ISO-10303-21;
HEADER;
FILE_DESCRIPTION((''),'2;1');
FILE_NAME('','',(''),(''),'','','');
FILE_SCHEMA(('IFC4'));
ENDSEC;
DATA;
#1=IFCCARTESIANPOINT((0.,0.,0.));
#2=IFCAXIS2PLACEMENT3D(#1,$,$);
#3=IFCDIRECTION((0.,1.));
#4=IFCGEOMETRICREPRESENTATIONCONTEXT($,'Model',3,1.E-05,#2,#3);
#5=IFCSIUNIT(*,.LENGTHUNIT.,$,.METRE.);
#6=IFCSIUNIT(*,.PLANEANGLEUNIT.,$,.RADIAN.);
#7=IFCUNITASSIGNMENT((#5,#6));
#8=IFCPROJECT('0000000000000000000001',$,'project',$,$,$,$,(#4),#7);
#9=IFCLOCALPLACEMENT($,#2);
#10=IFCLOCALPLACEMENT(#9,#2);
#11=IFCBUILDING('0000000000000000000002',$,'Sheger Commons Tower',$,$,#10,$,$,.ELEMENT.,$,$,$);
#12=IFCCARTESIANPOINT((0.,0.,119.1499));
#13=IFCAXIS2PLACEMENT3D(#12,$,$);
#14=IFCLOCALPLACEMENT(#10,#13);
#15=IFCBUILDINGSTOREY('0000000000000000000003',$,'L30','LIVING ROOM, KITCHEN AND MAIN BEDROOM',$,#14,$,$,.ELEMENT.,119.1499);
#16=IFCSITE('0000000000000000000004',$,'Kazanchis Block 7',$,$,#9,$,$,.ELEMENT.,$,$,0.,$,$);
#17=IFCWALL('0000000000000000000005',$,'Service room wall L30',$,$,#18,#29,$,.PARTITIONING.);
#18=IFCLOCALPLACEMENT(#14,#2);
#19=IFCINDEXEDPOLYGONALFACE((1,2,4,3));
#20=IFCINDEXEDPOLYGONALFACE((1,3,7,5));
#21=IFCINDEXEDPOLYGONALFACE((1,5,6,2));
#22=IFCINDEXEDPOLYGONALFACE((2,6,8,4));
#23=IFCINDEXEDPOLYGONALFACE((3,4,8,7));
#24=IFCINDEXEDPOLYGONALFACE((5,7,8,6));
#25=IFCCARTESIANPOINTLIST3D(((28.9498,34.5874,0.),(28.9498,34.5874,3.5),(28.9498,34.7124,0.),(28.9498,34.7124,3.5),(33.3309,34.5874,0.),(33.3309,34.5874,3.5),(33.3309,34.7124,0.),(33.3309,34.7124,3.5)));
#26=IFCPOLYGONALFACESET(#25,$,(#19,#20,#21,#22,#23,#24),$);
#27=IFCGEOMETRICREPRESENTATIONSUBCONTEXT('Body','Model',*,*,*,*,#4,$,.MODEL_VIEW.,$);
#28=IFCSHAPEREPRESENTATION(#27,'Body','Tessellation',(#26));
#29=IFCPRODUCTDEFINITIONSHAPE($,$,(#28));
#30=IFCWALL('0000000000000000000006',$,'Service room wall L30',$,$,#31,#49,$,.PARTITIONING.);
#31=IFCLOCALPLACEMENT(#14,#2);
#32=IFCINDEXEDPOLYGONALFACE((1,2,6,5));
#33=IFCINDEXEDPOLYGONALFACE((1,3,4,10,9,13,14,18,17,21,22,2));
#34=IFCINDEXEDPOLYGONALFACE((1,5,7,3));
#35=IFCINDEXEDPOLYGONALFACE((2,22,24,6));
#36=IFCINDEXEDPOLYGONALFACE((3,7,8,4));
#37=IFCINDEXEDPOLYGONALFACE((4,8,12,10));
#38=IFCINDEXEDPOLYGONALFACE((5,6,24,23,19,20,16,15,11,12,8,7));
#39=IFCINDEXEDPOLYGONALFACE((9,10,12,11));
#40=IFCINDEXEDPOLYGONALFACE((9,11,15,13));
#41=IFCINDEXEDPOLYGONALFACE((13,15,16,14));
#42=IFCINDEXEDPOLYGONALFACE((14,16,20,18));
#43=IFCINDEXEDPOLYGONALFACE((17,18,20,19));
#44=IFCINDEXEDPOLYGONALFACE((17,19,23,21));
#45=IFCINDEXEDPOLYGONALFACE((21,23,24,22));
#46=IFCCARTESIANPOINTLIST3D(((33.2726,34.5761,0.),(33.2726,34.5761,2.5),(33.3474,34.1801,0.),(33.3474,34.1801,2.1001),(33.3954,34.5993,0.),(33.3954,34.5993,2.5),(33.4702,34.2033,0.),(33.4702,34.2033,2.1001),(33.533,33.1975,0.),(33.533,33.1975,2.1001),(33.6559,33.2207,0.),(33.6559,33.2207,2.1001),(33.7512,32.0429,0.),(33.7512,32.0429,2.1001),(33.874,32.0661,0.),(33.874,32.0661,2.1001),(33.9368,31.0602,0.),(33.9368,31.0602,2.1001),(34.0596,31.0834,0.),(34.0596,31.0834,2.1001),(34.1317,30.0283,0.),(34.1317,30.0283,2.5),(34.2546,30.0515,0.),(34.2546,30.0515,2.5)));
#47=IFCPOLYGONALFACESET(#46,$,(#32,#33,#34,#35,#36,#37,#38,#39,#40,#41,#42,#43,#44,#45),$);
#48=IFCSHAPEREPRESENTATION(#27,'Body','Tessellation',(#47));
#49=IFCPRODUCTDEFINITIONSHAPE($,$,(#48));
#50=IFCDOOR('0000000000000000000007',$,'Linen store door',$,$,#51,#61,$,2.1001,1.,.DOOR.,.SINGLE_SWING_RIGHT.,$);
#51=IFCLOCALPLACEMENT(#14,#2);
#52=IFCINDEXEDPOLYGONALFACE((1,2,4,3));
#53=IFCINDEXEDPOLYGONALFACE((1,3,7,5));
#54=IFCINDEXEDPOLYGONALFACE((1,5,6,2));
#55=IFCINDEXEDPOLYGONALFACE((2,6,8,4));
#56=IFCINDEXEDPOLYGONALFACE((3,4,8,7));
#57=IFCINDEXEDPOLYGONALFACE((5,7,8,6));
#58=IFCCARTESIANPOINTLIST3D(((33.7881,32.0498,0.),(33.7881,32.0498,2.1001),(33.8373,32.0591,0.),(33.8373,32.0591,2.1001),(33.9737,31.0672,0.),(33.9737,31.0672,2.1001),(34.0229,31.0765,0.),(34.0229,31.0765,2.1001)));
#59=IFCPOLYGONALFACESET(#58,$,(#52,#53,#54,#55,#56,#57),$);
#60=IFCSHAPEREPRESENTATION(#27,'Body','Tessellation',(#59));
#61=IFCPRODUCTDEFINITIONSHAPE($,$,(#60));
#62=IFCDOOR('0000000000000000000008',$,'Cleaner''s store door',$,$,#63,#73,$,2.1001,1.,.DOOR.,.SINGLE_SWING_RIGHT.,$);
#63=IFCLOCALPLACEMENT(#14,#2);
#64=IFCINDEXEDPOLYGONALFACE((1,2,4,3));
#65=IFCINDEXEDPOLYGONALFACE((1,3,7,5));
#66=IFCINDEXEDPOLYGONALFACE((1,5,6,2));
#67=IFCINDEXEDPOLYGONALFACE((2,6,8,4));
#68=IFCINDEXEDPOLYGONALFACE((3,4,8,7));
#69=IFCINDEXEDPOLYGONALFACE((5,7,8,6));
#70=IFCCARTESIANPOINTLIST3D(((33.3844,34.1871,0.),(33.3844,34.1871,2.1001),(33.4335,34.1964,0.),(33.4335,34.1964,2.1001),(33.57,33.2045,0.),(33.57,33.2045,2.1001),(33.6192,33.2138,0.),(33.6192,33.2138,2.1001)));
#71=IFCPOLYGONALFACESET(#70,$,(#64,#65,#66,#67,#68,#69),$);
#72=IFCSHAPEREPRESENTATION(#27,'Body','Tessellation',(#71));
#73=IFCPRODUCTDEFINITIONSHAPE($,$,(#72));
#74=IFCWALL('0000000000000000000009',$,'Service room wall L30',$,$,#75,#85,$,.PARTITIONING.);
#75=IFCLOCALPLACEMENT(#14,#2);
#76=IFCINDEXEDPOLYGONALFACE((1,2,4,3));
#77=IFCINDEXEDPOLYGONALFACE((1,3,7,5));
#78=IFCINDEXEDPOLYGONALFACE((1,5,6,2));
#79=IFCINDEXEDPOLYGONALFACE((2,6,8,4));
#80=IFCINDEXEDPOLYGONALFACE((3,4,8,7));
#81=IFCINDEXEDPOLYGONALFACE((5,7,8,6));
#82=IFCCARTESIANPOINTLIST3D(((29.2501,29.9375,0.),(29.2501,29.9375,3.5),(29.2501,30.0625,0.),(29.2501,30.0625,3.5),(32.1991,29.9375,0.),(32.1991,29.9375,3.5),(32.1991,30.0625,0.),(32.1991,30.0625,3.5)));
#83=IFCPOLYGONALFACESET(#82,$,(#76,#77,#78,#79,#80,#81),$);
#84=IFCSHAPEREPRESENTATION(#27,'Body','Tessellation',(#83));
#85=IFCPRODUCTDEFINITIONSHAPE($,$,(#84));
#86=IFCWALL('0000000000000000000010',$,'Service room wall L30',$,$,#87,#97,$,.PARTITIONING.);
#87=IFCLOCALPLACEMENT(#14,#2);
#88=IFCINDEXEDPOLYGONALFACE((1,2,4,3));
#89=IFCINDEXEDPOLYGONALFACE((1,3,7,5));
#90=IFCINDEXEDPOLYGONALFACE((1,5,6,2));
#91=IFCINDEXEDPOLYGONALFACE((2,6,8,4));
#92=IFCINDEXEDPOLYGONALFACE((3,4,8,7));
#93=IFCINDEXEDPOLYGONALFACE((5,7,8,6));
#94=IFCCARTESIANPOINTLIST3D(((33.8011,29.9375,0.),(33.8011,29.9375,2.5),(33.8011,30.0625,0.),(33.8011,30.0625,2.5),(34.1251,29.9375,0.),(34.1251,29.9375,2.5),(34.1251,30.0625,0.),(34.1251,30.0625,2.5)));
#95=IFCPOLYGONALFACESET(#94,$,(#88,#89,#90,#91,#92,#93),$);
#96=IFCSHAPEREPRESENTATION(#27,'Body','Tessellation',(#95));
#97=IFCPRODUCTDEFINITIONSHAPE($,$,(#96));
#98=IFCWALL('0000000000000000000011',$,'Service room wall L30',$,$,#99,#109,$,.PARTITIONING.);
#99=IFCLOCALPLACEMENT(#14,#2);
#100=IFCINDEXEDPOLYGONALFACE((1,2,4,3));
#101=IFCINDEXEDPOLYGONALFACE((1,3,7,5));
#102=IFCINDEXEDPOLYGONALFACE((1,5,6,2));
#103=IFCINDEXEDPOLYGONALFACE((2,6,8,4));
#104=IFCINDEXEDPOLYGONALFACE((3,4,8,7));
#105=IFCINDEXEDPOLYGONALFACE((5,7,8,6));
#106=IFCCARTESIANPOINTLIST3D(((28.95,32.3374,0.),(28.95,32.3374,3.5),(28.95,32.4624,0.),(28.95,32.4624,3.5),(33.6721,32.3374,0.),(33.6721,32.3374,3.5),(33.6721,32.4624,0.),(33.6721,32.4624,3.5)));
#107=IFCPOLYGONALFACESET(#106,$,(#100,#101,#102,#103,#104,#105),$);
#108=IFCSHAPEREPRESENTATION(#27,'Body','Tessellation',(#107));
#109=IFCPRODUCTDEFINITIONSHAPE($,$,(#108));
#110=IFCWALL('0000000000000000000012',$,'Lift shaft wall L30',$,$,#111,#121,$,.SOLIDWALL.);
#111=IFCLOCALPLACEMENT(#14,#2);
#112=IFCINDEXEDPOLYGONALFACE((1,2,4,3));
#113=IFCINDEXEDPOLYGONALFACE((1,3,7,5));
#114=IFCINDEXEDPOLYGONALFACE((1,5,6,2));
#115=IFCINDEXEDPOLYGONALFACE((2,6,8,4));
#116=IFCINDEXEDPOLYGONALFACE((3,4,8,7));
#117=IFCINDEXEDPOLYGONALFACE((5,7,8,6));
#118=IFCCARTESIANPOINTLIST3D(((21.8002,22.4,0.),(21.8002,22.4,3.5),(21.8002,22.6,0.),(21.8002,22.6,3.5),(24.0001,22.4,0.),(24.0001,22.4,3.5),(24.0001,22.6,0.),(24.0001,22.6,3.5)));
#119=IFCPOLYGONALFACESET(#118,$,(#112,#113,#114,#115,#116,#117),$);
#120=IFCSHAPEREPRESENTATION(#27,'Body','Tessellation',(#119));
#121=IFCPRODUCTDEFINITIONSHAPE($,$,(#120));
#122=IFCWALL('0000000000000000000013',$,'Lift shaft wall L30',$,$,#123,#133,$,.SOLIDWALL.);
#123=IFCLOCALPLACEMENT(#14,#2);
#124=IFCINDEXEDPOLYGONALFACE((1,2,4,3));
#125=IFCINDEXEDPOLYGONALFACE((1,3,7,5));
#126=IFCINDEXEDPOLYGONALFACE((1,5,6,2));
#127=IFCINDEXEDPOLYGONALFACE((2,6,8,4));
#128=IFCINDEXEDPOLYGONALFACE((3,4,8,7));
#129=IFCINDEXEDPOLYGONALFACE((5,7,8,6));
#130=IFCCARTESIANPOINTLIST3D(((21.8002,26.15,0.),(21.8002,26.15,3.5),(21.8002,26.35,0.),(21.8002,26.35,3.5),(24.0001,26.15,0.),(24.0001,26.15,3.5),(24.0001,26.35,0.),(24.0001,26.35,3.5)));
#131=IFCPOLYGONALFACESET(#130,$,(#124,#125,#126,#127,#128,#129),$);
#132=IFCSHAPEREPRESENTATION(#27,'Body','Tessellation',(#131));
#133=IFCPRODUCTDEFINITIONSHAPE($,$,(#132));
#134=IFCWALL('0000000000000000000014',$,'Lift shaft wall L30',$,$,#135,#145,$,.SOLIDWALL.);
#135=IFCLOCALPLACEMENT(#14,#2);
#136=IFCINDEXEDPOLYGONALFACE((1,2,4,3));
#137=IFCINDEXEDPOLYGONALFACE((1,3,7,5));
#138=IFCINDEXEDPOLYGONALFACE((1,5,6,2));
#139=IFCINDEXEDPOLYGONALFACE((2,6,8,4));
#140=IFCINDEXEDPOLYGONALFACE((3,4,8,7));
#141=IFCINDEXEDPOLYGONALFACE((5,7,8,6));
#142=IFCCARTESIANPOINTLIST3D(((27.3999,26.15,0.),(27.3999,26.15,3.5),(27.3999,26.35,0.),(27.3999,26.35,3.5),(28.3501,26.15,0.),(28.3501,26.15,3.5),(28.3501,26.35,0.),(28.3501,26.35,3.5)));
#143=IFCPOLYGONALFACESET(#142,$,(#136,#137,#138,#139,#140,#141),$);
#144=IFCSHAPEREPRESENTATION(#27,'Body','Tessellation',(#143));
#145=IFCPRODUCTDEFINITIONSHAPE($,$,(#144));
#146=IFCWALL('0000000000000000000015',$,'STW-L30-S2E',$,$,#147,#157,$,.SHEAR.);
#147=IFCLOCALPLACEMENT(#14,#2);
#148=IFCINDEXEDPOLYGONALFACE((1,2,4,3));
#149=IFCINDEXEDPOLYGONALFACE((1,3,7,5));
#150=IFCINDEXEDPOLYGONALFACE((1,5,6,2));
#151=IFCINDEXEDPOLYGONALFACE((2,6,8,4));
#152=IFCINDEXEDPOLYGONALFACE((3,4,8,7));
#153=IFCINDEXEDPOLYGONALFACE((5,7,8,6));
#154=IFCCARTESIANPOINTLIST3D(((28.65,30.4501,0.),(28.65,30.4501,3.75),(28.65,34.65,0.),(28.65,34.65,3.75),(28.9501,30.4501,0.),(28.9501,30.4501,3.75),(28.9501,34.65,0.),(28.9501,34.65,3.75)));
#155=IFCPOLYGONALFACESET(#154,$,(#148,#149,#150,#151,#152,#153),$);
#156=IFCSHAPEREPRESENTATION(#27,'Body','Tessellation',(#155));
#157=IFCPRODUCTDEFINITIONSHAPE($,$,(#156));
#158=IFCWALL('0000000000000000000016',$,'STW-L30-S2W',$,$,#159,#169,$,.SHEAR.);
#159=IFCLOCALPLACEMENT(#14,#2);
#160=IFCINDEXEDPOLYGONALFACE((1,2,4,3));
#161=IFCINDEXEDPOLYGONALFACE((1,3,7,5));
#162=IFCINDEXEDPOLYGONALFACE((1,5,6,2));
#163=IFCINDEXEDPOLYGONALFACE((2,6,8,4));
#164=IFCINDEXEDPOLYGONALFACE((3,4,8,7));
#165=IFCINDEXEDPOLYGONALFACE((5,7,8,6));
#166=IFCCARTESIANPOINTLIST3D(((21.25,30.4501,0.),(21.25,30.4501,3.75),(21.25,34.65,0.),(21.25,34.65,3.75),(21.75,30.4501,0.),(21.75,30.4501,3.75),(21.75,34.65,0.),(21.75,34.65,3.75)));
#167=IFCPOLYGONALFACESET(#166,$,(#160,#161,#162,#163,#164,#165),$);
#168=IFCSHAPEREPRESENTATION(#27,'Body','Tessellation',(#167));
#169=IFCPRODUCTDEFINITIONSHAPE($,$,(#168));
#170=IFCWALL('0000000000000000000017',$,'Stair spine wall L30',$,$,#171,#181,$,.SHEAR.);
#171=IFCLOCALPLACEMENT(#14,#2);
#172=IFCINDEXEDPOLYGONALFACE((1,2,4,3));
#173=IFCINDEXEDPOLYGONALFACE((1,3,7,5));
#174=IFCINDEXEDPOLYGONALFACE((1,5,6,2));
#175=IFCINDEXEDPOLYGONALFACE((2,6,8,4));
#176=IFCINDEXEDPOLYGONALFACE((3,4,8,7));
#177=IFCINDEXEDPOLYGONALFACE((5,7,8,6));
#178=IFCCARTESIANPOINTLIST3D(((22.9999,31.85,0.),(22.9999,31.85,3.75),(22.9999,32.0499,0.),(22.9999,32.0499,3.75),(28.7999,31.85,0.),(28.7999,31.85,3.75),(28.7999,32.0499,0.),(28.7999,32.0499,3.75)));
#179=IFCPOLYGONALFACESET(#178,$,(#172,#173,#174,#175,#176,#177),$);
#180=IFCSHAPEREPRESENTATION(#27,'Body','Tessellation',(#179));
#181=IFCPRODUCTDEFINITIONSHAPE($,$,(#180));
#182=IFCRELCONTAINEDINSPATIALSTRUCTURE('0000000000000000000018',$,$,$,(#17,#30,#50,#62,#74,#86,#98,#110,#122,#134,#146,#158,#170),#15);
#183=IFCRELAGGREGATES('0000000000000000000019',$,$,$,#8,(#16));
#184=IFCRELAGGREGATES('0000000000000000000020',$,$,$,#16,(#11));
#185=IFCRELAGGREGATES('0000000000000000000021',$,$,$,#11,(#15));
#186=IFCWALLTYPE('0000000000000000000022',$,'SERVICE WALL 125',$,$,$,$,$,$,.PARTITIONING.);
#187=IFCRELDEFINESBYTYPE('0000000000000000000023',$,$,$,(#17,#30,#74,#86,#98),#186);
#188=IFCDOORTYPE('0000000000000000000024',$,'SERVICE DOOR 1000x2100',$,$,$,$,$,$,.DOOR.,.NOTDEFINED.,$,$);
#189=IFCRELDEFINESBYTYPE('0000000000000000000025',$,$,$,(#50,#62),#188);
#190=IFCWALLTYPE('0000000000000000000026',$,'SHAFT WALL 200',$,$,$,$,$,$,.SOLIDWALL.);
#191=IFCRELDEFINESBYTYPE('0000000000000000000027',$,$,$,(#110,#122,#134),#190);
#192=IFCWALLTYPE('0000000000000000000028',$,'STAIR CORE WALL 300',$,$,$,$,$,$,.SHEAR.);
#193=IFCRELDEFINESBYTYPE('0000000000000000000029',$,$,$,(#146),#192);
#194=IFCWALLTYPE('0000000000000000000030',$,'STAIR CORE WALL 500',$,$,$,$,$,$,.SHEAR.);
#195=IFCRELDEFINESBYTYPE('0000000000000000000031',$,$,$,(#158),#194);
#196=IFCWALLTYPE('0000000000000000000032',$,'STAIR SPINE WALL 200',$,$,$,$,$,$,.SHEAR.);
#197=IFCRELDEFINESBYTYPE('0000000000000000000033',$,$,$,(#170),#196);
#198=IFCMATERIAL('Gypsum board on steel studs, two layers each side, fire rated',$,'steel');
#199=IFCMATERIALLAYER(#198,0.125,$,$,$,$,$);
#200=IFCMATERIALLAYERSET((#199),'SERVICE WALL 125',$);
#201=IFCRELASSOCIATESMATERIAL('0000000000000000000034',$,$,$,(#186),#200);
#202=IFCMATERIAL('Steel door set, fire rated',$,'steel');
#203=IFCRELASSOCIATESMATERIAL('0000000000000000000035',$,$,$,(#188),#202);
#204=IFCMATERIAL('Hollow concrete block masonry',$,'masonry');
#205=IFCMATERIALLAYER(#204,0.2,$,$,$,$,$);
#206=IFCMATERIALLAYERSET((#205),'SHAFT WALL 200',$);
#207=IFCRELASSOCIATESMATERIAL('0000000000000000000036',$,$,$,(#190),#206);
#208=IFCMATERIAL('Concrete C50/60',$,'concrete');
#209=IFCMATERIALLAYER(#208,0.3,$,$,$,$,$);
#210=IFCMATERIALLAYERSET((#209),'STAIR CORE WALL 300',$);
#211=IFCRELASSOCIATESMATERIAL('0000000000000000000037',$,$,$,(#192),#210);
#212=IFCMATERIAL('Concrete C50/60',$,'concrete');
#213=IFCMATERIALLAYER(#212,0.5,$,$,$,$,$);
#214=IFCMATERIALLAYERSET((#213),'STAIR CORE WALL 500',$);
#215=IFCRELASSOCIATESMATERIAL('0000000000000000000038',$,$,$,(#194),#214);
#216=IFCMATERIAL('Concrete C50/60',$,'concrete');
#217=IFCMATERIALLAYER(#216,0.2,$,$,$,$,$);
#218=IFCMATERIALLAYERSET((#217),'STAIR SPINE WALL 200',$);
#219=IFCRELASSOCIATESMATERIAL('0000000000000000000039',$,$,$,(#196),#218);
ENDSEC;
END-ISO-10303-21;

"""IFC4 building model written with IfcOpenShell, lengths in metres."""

from ifc_helpers import new_model, si_unit, direction, frame, frame_2d, origin, place, context, subcontext, project, spatial, rectangle, extrude, material, layer, layer_set, type_object, element, fill, save


model = new_model("IFC4")

# Units and contexts
model_context = context("Model", 3, precision=1e-05, world=origin(), true_north=direction((0.0, 1.0)))
body_context = subcontext(model_context, "Body", "Model", "MODEL_VIEW")
ifc_project = project(units=[si_unit("LENGTHUNIT", "METRE"), si_unit("PLANEANGLEUNIT", "RADIAN")], contexts=[model_context])

# Site, building, storey
site_placement = place(None, origin())
site = spatial("IfcSite", under=ifc_project, at=site_placement, Name="Kazanchis Block 7", CompositionType="ELEMENT", RefElevation=0.0)
building_placement = place(site_placement, origin())
building = spatial("IfcBuilding", under=site, at=building_placement, Name="Sheger Commons Tower", CompositionType="ELEMENT")
storey_placement = place(building_placement, frame((0.0, 0.0, 119.1499)))
storey = spatial("IfcBuildingStorey", under=building, at=storey_placement, Name="L30", Description="LIVING ROOM, KITCHEN AND MAIN BEDROOM", CompositionType="ELEMENT", Elevation=119.1499)

# Wall
ifc_material_1 = material(Name="Gypsum board on steel studs, two layers each side, fire rated", Category="steel")
ifc_layer_1 = layer(ifc_material_1, 0.125)
ifc_layer_set_1 = layer_set([ifc_layer_1], Name="SERVICE WALL 125")
wall_type_1 = type_object("IfcWallType", Name="SERVICE WALL 125", PredefinedType="PARTITIONING", material=ifc_layer_set_1)
wall_1_placement = place(storey_placement, frame((28.95, 34.6499, 0.0), z_axis=(0.0, 0.0, 1.0), x_axis=(1.0, 0.0, 0.0)))
element("IfcWall", 1, at=wall_1_placement, inside=storey, type_object=wall_type_1, Name="Service room wall L30", PredefinedType="PARTITIONING", context=body_context, shape_type="SweptSolid", body=[
    extrude(rectangle(XDim=4.3811, YDim=0.125, at=frame_2d((2.1904, 0.0))), origin(), (0.0, 0.0, 1.0), 3.5),
])

# Wall, openings, doors
wall_2_placement = place(storey_placement, frame((34.1931, 30.04, 0.0), z_axis=(0.0, 0.0, 1.0), x_axis=(-0.185626, 0.98262, 0.0)))
wall_2 = element("IfcWall", 2, at=wall_2_placement, inside=storey, type_object=wall_type_1, Name="Service room wall L30", PredefinedType="PARTITIONING", context=body_context, shape_type="SweptSolid", body=[
    extrude(rectangle(XDim=4.6282, YDim=0.125, at=frame_2d((2.314, 0.0))), origin(), (0.0, 0.0, 1.0), 2.5),
])
opening_1_placement = place(wall_2_placement, frame((1.05, 0.0, 0.0)))
opening_1 = element("IfcOpeningElement", 3, at=opening_1_placement, cuts=wall_2, PredefinedType="OPENING", context=body_context, shape_type="SweptSolid", body=[
    extrude(rectangle(XDim=1.0, YDim=2.1001, at=frame_2d((0.5, 1.05))), frame((0.0, 0.0725, 0.0), z_axis=(0.0, -1.0, 0.0), x_axis=(1.0, 0.0, 0.0)), (0.0, 0.0, 1.0), 0.145),
])
opening_2_placement = place(wall_2_placement, frame((3.2251, 0.0, 0.0)))
opening_2 = element("IfcOpeningElement", 4, at=opening_2_placement, cuts=wall_2, PredefinedType="OPENING", context=body_context, shape_type="SweptSolid", body=[
    extrude(rectangle(XDim=1.0, YDim=2.1001, at=frame_2d((0.5, 1.05))), frame((0.0, 0.0725, 0.0), z_axis=(0.0, -1.0, 0.0), x_axis=(1.0, 0.0, 0.0)), (0.0, 0.0, 1.0), 0.145),
])
ifc_material_2 = material(Name="Steel door set, fire rated", Category="steel")
door_type_1 = type_object("IfcDoorType", Name="SERVICE DOOR 1000x2100", OperationType="NOTDEFINED", PredefinedType="DOOR", material=ifc_material_2)
door_1_placement = place(opening_1_placement, origin())
door_1 = element("IfcDoor", 5, at=door_1_placement, inside=storey, type_object=door_type_1, Name="Linen store door", OperationType="SINGLE_SWING_RIGHT", OverallHeight=2.1001, OverallWidth=1.0, PredefinedType="DOOR", context=body_context, shape_type="SweptSolid", body=[
    extrude(rectangle(XDim=1.0, YDim=2.1001, at=frame_2d((0.5, 1.05))), frame((0.0, 0.0249, 0.0), z_axis=(0.0, -1.0, 0.0), x_axis=(1.0, 0.0, 0.0)), (0.0, 0.0, 1.0), 0.05),
])
fill(opening_1, door_1)
door_2_placement = place(opening_2_placement, origin())
door_2 = element("IfcDoor", 6, at=door_2_placement, inside=storey, type_object=door_type_1, Name="Cleaner's store door", OperationType="SINGLE_SWING_RIGHT", OverallHeight=2.1001, OverallWidth=1.0, PredefinedType="DOOR", context=body_context, shape_type="SweptSolid", body=[
    extrude(rectangle(XDim=1.0, YDim=2.1001, at=frame_2d((0.5, 1.05))), frame((0.0, 0.0249, 0.0), z_axis=(0.0, -1.0, 0.0), x_axis=(1.0, 0.0, 0.0)), (0.0, 0.0, 1.0), 0.05),
])
fill(opening_2, door_2)

# Walls
wall_3_placement = place(storey_placement, frame((29.25, 30.0, 0.0), z_axis=(0.0, 0.0, 1.0), x_axis=(1.0, 0.0, 0.0)))
element("IfcWall", 7, at=wall_3_placement, inside=storey, type_object=wall_type_1, Name="Service room wall L30", PredefinedType="PARTITIONING", context=body_context, shape_type="SweptSolid", body=[
    extrude(rectangle(XDim=2.949, YDim=0.125, at=frame_2d((1.4746, 0.0))), origin(), (0.0, 0.0, 1.0), 3.5),
])
wall_4_placement = place(storey_placement, frame((33.801, 30.0, 0.0), z_axis=(0.0, 0.0, 1.0), x_axis=(1.0, 0.0, 0.0)))
element("IfcWall", 8, at=wall_4_placement, inside=storey, type_object=wall_type_1, Name="Service room wall L30", PredefinedType="PARTITIONING", context=body_context, shape_type="SweptSolid", body=[
    extrude(rectangle(XDim=0.324, YDim=0.125, at=frame_2d((0.1621, 0.0))), origin(), (0.0, 0.0, 1.0), 2.5),
])
wall_5_placement = place(storey_placement, frame((28.95, 32.3999, 0.0), z_axis=(0.0, 0.0, 1.0), x_axis=(1.0, 0.0, 0.0)))
element("IfcWall", 9, at=wall_5_placement, inside=storey, type_object=wall_type_1, Name="Service room wall L30", PredefinedType="PARTITIONING", context=body_context, shape_type="SweptSolid", body=[
    extrude(rectangle(XDim=4.7222, YDim=0.125, at=frame_2d((2.3611, 0.0))), origin(), (0.0, 0.0, 1.0), 3.5),
])
ifc_material_3 = material(Name="Hollow concrete block masonry", Category="masonry")
ifc_layer_2 = layer(ifc_material_3, 0.2)
ifc_layer_set_2 = layer_set([ifc_layer_2], Name="SHAFT WALL 200")
wall_type_2 = type_object("IfcWallType", Name="SHAFT WALL 200", PredefinedType="SOLIDWALL", material=ifc_layer_set_2)
for number, where, z_axis, x_axis, name in (
    (10, (21.8, 22.5, 0.0), (0.0, 0.0, 1.0), (1.0, 0.0, 0.0), "Lift shaft wall L30"),
    (11, (21.8, 26.25, 0.0), (0.0, 0.0, 1.0), (1.0, 0.0, 0.0), "Lift shaft wall L30"),
):
    element("IfcWall", number, at=place(storey_placement, frame(where, z_axis=z_axis, x_axis=x_axis)), inside=storey, type_object=wall_type_2, Name=name, PredefinedType="SOLIDWALL", context=body_context, shape_type="SweptSolid", body=[
        extrude(rectangle(XDim=2.2, YDim=0.2, at=frame_2d((1.1001, 0.0))), origin(), (0.0, 0.0, 1.0), 3.5),
    ])
wall_6_placement = place(storey_placement, frame((27.3999, 26.25, 0.0), z_axis=(0.0, 0.0, 1.0), x_axis=(1.0, 0.0, 0.0)))
element("IfcWall", 12, at=wall_6_placement, inside=storey, type_object=wall_type_2, Name="Lift shaft wall L30", PredefinedType="SOLIDWALL", context=body_context, shape_type="SweptSolid", body=[
    extrude(rectangle(XDim=0.9502, YDim=0.2, at=frame_2d((0.4751, 0.0))), origin(), (0.0, 0.0, 1.0), 3.5),
])
ifc_material_4 = material(Name="Concrete C50/60", Category="concrete")
ifc_layer_3 = layer(ifc_material_4, 0.3)
ifc_layer_set_3 = layer_set([ifc_layer_3], Name="STAIR CORE WALL 300")
wall_type_3 = type_object("IfcWallType", Name="STAIR CORE WALL 300", PredefinedType="SHEAR", material=ifc_layer_set_3)
wall_7_placement = place(storey_placement, frame((28.8, 30.45, 0.0), z_axis=(0.0, 0.0, 1.0), x_axis=(0.0, 1.0, 0.0)))
element("IfcWall", 13, at=wall_7_placement, inside=storey, type_object=wall_type_3, Name="STW-L30-S2E", PredefinedType="SHEAR", context=body_context, shape_type="SweptSolid", body=[
    extrude(rectangle(XDim=4.2, YDim=0.3, at=frame_2d((2.1001, 0.0))), origin(), (0.0, 0.0, 1.0), 3.75),
])
ifc_material_5 = material(Name="Concrete C50/60", Category="concrete")
ifc_layer_4 = layer(ifc_material_5, 0.5)
ifc_layer_set_4 = layer_set([ifc_layer_4], Name="STAIR CORE WALL 500")
wall_type_4 = type_object("IfcWallType", Name="STAIR CORE WALL 500", PredefinedType="SHEAR", material=ifc_layer_set_4)
wall_8_placement = place(storey_placement, frame((21.5, 30.45, 0.0), z_axis=(0.0, 0.0, 1.0), x_axis=(0.0, 1.0, 0.0)))
element("IfcWall", 14, at=wall_8_placement, inside=storey, type_object=wall_type_4, Name="STW-L30-S2W", PredefinedType="SHEAR", context=body_context, shape_type="SweptSolid", body=[
    extrude(rectangle(XDim=4.2, YDim=0.5, at=frame_2d((2.1001, 0.0))), origin(), (0.0, 0.0, 1.0), 3.75),
])
ifc_material_6 = material(Name="Concrete C50/60", Category="concrete")
ifc_layer_5 = layer(ifc_material_6, 0.2)
ifc_layer_set_5 = layer_set([ifc_layer_5], Name="STAIR SPINE WALL 200")
wall_type_5 = type_object("IfcWallType", Name="STAIR SPINE WALL 200", PredefinedType="SHEAR", material=ifc_layer_set_5)
wall_9_placement = place(storey_placement, frame((23.0, 31.95, 0.0), z_axis=(0.0, 0.0, 1.0), x_axis=(1.0, 0.0, 0.0)))
element("IfcWall", 15, at=wall_9_placement, inside=storey, type_object=wall_type_5, Name="Stair spine wall L30", PredefinedType="SHEAR", context=body_context, shape_type="SweptSolid", body=[
    extrude(rectangle(XDim=5.8, YDim=0.2, at=frame_2d((2.8999, 0.0))), origin(), (0.0, 0.0, 1.0), 3.75),
])

save(model, "model.ifc")
